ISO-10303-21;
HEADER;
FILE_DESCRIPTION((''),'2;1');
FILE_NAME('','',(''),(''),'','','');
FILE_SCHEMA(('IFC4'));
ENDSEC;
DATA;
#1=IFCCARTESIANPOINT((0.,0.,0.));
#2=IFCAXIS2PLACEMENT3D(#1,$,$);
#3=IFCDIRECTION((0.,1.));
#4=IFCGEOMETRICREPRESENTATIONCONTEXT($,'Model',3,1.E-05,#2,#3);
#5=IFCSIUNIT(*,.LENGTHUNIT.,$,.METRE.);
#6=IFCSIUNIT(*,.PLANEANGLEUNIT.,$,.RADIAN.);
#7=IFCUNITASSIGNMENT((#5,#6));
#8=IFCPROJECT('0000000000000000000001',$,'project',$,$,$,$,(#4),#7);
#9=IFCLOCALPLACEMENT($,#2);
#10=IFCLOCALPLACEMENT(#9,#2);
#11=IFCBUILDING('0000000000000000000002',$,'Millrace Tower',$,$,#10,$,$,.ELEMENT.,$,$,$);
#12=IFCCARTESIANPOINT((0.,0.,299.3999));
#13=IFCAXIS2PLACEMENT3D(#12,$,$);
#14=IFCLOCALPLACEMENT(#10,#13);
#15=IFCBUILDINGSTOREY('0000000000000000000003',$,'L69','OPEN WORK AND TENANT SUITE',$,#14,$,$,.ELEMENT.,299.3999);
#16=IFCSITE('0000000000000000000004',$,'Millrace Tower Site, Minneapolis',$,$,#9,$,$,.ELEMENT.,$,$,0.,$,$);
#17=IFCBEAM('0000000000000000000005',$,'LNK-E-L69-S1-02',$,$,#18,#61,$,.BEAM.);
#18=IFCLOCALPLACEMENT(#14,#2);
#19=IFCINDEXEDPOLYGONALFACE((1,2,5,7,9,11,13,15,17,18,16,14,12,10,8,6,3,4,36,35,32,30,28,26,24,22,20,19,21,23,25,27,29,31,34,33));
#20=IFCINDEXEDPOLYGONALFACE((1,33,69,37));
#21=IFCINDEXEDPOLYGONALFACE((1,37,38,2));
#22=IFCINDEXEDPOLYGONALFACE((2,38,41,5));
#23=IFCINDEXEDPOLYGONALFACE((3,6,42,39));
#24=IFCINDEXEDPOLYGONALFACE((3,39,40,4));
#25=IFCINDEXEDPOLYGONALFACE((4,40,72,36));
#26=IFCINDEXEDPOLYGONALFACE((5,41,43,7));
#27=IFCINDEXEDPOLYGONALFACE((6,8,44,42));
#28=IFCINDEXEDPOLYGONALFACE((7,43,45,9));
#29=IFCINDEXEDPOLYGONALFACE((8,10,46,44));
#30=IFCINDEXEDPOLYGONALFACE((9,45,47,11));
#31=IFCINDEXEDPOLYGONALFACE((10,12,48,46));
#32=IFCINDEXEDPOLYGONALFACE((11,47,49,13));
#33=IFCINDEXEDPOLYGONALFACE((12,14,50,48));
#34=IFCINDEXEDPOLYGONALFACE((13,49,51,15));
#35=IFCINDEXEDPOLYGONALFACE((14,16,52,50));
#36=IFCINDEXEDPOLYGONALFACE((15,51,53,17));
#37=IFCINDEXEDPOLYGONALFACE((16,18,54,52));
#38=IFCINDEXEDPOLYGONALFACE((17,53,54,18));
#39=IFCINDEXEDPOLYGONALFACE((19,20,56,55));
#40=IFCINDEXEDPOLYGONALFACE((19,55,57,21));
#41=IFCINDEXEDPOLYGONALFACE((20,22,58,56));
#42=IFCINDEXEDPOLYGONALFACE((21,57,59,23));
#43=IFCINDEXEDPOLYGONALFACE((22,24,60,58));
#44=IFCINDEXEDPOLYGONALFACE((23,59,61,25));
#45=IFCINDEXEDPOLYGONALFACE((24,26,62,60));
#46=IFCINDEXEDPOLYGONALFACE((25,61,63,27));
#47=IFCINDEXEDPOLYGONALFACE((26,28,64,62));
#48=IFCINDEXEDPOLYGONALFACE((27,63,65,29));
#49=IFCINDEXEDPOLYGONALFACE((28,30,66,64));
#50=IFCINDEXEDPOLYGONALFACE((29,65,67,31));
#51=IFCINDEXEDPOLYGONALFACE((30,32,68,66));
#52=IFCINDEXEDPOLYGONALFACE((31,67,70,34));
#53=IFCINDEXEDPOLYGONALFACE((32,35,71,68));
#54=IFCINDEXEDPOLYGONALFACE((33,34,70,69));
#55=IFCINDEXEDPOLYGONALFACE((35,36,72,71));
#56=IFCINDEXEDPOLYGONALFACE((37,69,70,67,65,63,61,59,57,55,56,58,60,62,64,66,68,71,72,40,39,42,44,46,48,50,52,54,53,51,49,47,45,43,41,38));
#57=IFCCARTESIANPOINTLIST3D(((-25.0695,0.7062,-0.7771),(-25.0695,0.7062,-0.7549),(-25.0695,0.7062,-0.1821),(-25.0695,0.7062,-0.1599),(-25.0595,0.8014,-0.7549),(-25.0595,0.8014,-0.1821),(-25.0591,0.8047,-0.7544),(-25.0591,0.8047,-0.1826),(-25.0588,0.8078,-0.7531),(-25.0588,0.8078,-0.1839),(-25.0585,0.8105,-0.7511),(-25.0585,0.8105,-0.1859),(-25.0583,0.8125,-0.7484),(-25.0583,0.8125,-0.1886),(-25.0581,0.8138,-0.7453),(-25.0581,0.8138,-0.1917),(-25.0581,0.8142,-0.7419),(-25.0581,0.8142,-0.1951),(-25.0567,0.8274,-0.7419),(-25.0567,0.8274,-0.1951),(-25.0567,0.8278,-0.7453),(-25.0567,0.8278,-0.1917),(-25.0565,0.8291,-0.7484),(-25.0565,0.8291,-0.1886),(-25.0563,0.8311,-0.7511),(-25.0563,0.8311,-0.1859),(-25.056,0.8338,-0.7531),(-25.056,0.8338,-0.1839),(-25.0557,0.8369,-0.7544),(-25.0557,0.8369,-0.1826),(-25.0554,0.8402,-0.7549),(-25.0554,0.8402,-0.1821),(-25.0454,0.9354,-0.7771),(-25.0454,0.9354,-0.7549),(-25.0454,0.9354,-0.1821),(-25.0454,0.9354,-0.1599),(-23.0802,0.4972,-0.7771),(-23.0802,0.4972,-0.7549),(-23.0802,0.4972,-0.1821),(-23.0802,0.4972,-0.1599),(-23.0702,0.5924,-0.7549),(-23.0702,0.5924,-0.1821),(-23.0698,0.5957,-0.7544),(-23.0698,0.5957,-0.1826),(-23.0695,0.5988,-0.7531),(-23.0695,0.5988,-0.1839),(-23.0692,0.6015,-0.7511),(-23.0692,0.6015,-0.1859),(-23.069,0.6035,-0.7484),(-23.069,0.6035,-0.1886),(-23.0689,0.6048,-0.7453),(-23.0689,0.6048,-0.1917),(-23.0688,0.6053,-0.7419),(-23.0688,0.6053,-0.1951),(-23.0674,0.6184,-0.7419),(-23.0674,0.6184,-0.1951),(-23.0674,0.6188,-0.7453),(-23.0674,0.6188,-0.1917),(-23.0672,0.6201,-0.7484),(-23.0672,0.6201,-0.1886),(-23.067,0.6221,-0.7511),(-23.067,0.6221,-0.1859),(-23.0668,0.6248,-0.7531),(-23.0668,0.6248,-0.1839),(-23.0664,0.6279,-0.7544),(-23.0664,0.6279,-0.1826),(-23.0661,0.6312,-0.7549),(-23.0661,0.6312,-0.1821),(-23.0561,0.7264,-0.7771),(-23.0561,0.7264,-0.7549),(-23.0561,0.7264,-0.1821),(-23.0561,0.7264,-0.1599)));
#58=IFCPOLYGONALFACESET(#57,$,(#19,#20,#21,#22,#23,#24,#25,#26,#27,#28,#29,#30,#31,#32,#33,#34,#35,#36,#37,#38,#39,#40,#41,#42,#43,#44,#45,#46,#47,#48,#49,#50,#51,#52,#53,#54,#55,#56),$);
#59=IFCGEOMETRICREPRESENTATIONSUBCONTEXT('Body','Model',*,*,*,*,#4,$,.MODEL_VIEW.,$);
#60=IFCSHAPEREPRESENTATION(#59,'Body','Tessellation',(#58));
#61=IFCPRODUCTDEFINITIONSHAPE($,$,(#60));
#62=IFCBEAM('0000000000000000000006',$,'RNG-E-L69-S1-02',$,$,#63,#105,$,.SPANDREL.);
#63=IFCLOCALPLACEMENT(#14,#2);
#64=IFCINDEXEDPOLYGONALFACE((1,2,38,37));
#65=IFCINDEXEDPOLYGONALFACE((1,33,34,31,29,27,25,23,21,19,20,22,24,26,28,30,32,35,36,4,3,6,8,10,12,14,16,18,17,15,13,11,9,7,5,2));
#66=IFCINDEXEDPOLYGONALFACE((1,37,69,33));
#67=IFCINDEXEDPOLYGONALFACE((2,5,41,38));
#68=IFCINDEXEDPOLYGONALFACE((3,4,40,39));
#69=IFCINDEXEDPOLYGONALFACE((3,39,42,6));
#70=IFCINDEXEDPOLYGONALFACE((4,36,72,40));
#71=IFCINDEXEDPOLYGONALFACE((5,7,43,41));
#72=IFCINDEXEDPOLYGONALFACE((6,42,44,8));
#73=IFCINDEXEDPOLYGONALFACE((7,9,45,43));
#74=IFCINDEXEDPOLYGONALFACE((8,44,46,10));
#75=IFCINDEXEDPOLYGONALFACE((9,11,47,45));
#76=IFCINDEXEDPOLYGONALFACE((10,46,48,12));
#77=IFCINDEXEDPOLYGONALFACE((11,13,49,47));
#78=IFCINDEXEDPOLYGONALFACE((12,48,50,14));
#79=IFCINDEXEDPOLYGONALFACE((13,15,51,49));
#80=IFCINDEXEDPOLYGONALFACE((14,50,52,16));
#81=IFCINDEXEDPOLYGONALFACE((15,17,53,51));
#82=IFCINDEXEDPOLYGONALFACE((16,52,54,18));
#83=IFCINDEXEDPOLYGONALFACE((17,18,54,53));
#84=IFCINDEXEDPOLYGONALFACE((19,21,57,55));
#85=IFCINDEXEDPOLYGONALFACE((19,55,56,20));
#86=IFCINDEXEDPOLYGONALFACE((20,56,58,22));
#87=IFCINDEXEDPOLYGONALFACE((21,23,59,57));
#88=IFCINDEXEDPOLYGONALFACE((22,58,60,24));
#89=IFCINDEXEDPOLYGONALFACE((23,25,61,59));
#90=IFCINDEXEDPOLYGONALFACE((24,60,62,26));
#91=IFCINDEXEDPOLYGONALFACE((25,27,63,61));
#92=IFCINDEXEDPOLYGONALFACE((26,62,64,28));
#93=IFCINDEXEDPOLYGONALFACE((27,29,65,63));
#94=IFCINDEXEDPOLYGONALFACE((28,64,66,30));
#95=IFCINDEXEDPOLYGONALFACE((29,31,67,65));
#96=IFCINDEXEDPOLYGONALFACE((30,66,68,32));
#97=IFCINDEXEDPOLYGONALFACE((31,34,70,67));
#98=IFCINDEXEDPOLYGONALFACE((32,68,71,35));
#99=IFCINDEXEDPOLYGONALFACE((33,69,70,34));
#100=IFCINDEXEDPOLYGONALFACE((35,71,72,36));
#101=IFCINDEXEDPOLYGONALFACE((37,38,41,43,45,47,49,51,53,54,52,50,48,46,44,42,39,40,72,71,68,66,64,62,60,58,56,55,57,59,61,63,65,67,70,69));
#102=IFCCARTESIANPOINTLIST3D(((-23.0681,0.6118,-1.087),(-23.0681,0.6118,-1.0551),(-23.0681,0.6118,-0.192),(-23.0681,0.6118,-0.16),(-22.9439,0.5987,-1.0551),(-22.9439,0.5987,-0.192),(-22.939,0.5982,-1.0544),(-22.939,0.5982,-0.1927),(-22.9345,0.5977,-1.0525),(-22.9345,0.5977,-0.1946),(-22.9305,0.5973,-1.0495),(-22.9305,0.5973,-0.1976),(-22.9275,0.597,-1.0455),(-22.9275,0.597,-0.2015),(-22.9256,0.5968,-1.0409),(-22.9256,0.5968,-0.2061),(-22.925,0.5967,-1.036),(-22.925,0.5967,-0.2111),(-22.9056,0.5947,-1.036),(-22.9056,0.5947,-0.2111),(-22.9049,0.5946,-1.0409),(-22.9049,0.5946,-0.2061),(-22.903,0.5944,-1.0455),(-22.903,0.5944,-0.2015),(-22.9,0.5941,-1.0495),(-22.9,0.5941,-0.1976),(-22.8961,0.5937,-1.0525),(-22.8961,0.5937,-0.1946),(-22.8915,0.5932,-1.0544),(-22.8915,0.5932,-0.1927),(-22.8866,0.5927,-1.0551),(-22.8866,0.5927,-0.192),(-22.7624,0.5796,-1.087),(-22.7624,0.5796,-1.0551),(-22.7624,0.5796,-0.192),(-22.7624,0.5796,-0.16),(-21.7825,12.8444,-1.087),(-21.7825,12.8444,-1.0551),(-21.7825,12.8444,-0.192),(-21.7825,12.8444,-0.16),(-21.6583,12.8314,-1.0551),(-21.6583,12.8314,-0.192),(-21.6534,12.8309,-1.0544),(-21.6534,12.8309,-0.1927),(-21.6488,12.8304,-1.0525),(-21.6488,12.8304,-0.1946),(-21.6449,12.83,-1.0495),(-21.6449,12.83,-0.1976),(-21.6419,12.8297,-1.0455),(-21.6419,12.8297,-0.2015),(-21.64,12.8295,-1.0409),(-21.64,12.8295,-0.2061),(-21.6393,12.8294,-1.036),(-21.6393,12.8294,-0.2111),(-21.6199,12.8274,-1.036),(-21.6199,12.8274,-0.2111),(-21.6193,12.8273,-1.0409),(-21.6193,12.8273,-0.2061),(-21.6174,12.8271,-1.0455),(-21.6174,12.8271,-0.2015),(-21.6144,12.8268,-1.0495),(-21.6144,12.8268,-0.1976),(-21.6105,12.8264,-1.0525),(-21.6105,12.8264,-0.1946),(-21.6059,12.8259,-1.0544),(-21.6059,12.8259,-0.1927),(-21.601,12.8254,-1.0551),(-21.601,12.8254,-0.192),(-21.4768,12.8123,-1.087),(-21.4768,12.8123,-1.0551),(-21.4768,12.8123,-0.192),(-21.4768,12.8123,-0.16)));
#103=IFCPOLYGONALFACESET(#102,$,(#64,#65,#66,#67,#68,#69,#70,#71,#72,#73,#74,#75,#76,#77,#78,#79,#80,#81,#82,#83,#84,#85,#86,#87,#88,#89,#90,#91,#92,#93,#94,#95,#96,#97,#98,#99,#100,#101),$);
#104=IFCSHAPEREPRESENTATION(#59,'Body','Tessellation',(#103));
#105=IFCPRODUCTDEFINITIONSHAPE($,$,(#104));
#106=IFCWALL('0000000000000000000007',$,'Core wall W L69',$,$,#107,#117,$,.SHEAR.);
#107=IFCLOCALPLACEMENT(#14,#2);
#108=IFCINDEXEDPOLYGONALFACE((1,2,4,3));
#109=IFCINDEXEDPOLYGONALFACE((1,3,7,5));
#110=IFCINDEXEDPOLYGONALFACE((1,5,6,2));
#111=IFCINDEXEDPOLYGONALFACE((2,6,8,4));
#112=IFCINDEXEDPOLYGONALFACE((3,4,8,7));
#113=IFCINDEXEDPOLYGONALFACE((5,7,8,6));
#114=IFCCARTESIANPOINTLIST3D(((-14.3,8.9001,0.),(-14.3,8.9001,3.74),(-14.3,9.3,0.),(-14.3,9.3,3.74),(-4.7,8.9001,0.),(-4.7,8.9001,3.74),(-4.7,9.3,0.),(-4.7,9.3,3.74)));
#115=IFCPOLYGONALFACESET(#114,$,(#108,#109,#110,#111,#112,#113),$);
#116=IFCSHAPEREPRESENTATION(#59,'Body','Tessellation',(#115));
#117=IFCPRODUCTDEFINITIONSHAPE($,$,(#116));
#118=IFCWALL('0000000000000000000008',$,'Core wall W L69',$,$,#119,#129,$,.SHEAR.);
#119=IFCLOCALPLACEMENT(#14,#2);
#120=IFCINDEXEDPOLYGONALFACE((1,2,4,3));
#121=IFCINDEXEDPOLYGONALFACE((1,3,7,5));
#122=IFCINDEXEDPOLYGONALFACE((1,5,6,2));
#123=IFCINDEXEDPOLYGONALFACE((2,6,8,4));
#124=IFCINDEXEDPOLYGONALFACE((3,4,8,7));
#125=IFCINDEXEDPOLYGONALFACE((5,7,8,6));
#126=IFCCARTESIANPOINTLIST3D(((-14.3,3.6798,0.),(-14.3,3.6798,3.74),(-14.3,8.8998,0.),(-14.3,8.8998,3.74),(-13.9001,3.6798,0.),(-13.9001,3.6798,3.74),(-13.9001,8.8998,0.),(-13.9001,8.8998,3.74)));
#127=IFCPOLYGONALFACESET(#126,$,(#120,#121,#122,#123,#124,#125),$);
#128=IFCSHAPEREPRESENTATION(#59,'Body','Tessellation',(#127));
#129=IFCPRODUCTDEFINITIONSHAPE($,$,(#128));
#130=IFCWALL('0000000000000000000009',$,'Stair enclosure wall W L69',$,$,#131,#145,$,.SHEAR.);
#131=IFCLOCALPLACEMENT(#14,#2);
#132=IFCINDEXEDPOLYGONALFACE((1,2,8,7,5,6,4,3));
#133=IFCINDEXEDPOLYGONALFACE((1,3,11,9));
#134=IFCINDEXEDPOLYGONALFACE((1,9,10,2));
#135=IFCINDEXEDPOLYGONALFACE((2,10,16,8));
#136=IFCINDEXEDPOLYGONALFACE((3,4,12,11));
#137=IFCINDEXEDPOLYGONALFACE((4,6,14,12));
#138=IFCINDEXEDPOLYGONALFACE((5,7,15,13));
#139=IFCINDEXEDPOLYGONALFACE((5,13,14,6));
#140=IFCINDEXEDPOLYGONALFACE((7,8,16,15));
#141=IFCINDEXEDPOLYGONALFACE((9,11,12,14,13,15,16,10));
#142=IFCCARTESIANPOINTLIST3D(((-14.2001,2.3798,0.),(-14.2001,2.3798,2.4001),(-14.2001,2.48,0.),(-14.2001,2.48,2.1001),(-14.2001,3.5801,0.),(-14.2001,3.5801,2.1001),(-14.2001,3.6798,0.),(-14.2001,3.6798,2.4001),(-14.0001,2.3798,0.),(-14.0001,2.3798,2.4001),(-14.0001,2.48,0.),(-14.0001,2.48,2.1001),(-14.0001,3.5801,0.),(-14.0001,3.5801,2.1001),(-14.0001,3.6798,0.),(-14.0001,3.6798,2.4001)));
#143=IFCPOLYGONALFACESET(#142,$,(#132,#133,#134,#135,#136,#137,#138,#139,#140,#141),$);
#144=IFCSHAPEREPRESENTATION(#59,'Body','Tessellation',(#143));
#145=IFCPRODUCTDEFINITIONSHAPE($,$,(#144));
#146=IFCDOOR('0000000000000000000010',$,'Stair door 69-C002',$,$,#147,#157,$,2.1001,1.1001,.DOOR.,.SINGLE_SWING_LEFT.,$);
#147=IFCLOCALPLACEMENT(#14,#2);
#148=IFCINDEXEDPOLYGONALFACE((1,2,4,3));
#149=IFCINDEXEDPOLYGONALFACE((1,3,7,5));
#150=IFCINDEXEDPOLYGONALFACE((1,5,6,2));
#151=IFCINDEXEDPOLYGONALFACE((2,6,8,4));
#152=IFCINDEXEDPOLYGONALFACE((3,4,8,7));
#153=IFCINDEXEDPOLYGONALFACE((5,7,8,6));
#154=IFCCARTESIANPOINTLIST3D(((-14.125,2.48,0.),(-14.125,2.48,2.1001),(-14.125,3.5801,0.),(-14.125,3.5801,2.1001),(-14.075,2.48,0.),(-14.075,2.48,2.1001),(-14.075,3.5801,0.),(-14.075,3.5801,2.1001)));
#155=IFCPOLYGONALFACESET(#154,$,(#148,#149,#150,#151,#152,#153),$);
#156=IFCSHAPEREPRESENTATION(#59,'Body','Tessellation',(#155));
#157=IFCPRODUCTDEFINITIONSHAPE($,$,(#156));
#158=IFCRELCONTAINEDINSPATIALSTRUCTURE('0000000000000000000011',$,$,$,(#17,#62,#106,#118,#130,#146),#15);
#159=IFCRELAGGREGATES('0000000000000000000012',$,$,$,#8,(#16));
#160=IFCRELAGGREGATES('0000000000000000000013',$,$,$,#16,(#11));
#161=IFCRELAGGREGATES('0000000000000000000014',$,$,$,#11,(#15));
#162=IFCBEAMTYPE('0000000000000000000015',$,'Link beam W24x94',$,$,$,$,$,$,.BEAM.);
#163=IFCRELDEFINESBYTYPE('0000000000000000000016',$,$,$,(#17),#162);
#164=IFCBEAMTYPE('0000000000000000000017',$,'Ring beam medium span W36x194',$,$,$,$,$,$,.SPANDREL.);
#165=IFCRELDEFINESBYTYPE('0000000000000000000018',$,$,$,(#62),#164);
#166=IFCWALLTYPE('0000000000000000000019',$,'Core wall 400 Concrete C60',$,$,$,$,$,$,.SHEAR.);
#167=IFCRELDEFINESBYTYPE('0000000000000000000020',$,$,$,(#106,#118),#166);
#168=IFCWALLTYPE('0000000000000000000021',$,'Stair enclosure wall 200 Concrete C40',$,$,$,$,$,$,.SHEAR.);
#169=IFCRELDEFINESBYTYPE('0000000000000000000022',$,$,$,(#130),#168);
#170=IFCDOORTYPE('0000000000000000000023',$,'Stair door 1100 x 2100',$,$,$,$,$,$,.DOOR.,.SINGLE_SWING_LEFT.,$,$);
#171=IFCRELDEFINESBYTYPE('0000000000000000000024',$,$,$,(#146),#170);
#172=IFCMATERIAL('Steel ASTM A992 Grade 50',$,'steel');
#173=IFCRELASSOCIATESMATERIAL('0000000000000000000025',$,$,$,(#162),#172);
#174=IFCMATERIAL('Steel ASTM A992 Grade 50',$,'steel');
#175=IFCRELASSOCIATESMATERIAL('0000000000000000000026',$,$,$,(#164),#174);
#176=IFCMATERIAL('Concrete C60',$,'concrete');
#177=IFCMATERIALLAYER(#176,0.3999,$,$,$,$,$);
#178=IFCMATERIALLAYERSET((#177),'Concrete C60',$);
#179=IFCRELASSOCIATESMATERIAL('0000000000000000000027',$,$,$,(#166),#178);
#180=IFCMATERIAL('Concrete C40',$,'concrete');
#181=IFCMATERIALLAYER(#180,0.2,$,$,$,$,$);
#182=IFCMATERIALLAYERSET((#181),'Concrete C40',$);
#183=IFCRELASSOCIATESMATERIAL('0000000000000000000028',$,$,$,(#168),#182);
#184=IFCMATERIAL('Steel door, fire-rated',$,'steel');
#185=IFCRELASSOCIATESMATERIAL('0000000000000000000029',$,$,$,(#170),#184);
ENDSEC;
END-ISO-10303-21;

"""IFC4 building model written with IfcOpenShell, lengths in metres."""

from ifc_helpers import new_model, si_unit, direction, frame, frame_2d, origin, origin_2d, place, context, subcontext, project, spatial, rectangle, i_section, extrude, material, layer, layer_set, material_profile, profile_set, type_object, element, fill, save


model = new_model("IFC4")

# Units and contexts
model_context = context("Model", 3, precision=1e-05, world=origin(), true_north=direction((0.0, 1.0)))
body_context = subcontext(model_context, "Body", "Model", "MODEL_VIEW")
ifc_project = project(units=[si_unit("LENGTHUNIT", "METRE"), si_unit("PLANEANGLEUNIT", "RADIAN")], contexts=[model_context])

# Site, building, storey
site_placement = place(None, origin())
site = spatial("IfcSite", under=ifc_project, at=site_placement, Name="Millrace Tower Site, Minneapolis", CompositionType="ELEMENT", RefElevation=0.0)
building_placement = place(site_placement, origin())
building = spatial("IfcBuilding", under=site, at=building_placement, Name="Millrace Tower", CompositionType="ELEMENT")
storey_placement = place(building_placement, frame((0.0, 0.0, 299.3999)))
storey = spatial("IfcBuildingStorey", under=building, at=storey_placement, Name="L69", Description="OPEN WORK AND TENANT SUITE", CompositionType="ELEMENT", Elevation=299.3999)

# Beams
ifc_material_1 = material(Name="Steel ASTM A992 Grade 50", Category="steel")
ifc_material_profile_1 = material_profile(ifc_material_1, i_section(OverallWidth=0.2305, OverallDepth=0.6172, WebThickness=0.0132, FlangeThickness=0.0222, FilletRadius=0.0129, at=origin_2d()))
ifc_profile_set_1 = profile_set([ifc_material_profile_1], Name="Steel ASTM A992 Grade 50")
beam_type_1 = type_object("IfcBeamType", Name="Link beam W24x94", PredefinedType="BEAM", material=ifc_profile_set_1)
beam_1_placement = place(storey_placement, frame((-23.0681, 0.6118, -0.4685), z_axis=(-0.994527, 0.104481, 0.0), x_axis=(-0.104481, -0.994527, 0.0)))
element("IfcBeam", 1, at=beam_1_placement, inside=storey, type_object=beam_type_1, Name="LNK-E-L69-S1-02", PredefinedType="BEAM", context=body_context, shape_type="SweptSolid", body=[
    extrude(i_section(OverallWidth=0.2305, OverallDepth=0.6172, WebThickness=0.0132, FlangeThickness=0.0222, FilletRadius=0.0129, at=origin_2d()), origin(), (0.0, 0.0, 1.0), 2.0002),
])
ifc_material_2 = material(Name="Steel ASTM A992 Grade 50", Category="steel")
ifc_material_profile_2 = material_profile(ifc_material_2, i_section(OverallWidth=0.3074, OverallDepth=0.927, WebThickness=0.0195, FlangeThickness=0.032, FilletRadius=0.019, at=origin_2d()))
ifc_profile_set_2 = profile_set([ifc_material_profile_2], Name="Steel ASTM A992 Grade 50")
beam_type_2 = type_object("IfcBeamType", Name="Ring beam medium span W36x194", PredefinedType="SPANDREL", material=ifc_profile_set_2)
beam_2_placement = place(storey_placement, frame((-22.9153, 0.5957, -0.6235), z_axis=(0.104524, 0.994522, 0.0), x_axis=(-0.994522, 0.104524, 0.0)))
element("IfcBeam", 2, at=beam_2_placement, inside=storey, type_object=beam_type_2, Name="RNG-E-L69-S1-02", PredefinedType="SPANDREL", context=body_context, shape_type="SweptSolid", body=[
    extrude(i_section(OverallWidth=0.3074, OverallDepth=0.927, WebThickness=0.0195, FlangeThickness=0.032, FilletRadius=0.019, at=origin_2d()), origin(), (0.0, 0.0, 1.0), 12.3),
])

# Walls
ifc_material_3 = material(Name="Concrete C60", Category="concrete")
ifc_layer_1 = layer(ifc_material_3, 0.3999)
ifc_layer_set_1 = layer_set([ifc_layer_1], Name="Concrete C60")
wall_type_1 = type_object("IfcWallType", Name="Core wall 400 Concrete C60", PredefinedType="SHEAR", material=ifc_layer_set_1)
wall_1_placement = place(storey_placement, frame((-14.3, 9.1001, 0.0), z_axis=(0.0, 0.0, 1.0), x_axis=(1.0, 0.0, 0.0)))
element("IfcWall", 3, at=wall_1_placement, inside=storey, type_object=wall_type_1, Name="Core wall W L69", PredefinedType="SHEAR", context=body_context, shape_type="SweptSolid", body=[
    extrude(rectangle(XDim=9.6001, YDim=0.3999, at=frame_2d((4.8, 0.0))), origin(), (0.0, 0.0, 1.0), 3.74),
])
wall_2_placement = place(storey_placement, frame((-14.1001, 3.6799, 0.0), z_axis=(0.0, 0.0, 1.0), x_axis=(0.0, 1.0, 0.0)))
element("IfcWall", 4, at=wall_2_placement, inside=storey, type_object=wall_type_1, Name="Core wall W L69", PredefinedType="SHEAR", context=body_context, shape_type="SweptSolid", body=[
    extrude(rectangle(XDim=5.22, YDim=0.3999, at=frame_2d((2.6099, 0.0))), origin(), (0.0, 0.0, 1.0), 3.74),
])

# Wall, opening, door
ifc_material_4 = material(Name="Concrete C40", Category="concrete")
ifc_layer_2 = layer(ifc_material_4, 0.2)
ifc_layer_set_2 = layer_set([ifc_layer_2], Name="Concrete C40")
wall_type_2 = type_object("IfcWallType", Name="Stair enclosure wall 200 Concrete C40", PredefinedType="SHEAR", material=ifc_layer_set_2)
wall_3_placement = place(storey_placement, frame((-14.1001, 2.3799, 0.0), z_axis=(0.0, 0.0, 1.0), x_axis=(0.0, 1.0, 0.0)))
wall_3 = element("IfcWall", 5, at=wall_3_placement, inside=storey, type_object=wall_type_2, Name="Stair enclosure wall W L69", PredefinedType="SHEAR", context=body_context, shape_type="SweptSolid", body=[
    extrude(rectangle(XDim=1.3, YDim=0.2, at=frame_2d((0.6499, 0.0))), origin(), (0.0, 0.0, 1.0), 2.4001),
])
opening_1_placement = place(wall_3_placement, frame((0.1001, 0.0, 0.0)))
opening_1 = element("IfcOpeningElement", 6, at=opening_1_placement, cuts=wall_3, PredefinedType="OPENING", context=body_context, shape_type="SweptSolid", body=[
    extrude(rectangle(XDim=1.1001, YDim=2.1001, at=frame_2d((0.55, 1.05))), frame((0.0, 0.1099, 0.0), z_axis=(0.0, -1.0, 0.0), x_axis=(1.0, 0.0, 0.0)), (0.0, 0.0, 1.0), 0.22),
])
ifc_material_5 = material(Name="Steel door, fire-rated", Category="steel")
door_type_1 = type_object("IfcDoorType", Name="Stair door 1100 x 2100", OperationType="SINGLE_SWING_LEFT", PredefinedType="DOOR", material=ifc_material_5)
door_1_placement = place(opening_1_placement, origin())
door_1 = element("IfcDoor", 7, at=door_1_placement, inside=storey, type_object=door_type_1, Name="Stair door 69-C002", OperationType="SINGLE_SWING_LEFT", OverallHeight=2.1001, OverallWidth=1.1001, PredefinedType="DOOR", context=body_context, shape_type="SweptSolid", body=[
    extrude(rectangle(XDim=1.1001, YDim=2.1001, at=frame_2d((0.55, 1.05))), frame((0.0, 0.0249, 0.0), z_axis=(0.0, -1.0, 0.0), x_axis=(1.0, 0.0, 0.0)), (0.0, 0.0, 1.0), 0.05),
])
fill(opening_1, door_1)

save(model, "model.ifc")
